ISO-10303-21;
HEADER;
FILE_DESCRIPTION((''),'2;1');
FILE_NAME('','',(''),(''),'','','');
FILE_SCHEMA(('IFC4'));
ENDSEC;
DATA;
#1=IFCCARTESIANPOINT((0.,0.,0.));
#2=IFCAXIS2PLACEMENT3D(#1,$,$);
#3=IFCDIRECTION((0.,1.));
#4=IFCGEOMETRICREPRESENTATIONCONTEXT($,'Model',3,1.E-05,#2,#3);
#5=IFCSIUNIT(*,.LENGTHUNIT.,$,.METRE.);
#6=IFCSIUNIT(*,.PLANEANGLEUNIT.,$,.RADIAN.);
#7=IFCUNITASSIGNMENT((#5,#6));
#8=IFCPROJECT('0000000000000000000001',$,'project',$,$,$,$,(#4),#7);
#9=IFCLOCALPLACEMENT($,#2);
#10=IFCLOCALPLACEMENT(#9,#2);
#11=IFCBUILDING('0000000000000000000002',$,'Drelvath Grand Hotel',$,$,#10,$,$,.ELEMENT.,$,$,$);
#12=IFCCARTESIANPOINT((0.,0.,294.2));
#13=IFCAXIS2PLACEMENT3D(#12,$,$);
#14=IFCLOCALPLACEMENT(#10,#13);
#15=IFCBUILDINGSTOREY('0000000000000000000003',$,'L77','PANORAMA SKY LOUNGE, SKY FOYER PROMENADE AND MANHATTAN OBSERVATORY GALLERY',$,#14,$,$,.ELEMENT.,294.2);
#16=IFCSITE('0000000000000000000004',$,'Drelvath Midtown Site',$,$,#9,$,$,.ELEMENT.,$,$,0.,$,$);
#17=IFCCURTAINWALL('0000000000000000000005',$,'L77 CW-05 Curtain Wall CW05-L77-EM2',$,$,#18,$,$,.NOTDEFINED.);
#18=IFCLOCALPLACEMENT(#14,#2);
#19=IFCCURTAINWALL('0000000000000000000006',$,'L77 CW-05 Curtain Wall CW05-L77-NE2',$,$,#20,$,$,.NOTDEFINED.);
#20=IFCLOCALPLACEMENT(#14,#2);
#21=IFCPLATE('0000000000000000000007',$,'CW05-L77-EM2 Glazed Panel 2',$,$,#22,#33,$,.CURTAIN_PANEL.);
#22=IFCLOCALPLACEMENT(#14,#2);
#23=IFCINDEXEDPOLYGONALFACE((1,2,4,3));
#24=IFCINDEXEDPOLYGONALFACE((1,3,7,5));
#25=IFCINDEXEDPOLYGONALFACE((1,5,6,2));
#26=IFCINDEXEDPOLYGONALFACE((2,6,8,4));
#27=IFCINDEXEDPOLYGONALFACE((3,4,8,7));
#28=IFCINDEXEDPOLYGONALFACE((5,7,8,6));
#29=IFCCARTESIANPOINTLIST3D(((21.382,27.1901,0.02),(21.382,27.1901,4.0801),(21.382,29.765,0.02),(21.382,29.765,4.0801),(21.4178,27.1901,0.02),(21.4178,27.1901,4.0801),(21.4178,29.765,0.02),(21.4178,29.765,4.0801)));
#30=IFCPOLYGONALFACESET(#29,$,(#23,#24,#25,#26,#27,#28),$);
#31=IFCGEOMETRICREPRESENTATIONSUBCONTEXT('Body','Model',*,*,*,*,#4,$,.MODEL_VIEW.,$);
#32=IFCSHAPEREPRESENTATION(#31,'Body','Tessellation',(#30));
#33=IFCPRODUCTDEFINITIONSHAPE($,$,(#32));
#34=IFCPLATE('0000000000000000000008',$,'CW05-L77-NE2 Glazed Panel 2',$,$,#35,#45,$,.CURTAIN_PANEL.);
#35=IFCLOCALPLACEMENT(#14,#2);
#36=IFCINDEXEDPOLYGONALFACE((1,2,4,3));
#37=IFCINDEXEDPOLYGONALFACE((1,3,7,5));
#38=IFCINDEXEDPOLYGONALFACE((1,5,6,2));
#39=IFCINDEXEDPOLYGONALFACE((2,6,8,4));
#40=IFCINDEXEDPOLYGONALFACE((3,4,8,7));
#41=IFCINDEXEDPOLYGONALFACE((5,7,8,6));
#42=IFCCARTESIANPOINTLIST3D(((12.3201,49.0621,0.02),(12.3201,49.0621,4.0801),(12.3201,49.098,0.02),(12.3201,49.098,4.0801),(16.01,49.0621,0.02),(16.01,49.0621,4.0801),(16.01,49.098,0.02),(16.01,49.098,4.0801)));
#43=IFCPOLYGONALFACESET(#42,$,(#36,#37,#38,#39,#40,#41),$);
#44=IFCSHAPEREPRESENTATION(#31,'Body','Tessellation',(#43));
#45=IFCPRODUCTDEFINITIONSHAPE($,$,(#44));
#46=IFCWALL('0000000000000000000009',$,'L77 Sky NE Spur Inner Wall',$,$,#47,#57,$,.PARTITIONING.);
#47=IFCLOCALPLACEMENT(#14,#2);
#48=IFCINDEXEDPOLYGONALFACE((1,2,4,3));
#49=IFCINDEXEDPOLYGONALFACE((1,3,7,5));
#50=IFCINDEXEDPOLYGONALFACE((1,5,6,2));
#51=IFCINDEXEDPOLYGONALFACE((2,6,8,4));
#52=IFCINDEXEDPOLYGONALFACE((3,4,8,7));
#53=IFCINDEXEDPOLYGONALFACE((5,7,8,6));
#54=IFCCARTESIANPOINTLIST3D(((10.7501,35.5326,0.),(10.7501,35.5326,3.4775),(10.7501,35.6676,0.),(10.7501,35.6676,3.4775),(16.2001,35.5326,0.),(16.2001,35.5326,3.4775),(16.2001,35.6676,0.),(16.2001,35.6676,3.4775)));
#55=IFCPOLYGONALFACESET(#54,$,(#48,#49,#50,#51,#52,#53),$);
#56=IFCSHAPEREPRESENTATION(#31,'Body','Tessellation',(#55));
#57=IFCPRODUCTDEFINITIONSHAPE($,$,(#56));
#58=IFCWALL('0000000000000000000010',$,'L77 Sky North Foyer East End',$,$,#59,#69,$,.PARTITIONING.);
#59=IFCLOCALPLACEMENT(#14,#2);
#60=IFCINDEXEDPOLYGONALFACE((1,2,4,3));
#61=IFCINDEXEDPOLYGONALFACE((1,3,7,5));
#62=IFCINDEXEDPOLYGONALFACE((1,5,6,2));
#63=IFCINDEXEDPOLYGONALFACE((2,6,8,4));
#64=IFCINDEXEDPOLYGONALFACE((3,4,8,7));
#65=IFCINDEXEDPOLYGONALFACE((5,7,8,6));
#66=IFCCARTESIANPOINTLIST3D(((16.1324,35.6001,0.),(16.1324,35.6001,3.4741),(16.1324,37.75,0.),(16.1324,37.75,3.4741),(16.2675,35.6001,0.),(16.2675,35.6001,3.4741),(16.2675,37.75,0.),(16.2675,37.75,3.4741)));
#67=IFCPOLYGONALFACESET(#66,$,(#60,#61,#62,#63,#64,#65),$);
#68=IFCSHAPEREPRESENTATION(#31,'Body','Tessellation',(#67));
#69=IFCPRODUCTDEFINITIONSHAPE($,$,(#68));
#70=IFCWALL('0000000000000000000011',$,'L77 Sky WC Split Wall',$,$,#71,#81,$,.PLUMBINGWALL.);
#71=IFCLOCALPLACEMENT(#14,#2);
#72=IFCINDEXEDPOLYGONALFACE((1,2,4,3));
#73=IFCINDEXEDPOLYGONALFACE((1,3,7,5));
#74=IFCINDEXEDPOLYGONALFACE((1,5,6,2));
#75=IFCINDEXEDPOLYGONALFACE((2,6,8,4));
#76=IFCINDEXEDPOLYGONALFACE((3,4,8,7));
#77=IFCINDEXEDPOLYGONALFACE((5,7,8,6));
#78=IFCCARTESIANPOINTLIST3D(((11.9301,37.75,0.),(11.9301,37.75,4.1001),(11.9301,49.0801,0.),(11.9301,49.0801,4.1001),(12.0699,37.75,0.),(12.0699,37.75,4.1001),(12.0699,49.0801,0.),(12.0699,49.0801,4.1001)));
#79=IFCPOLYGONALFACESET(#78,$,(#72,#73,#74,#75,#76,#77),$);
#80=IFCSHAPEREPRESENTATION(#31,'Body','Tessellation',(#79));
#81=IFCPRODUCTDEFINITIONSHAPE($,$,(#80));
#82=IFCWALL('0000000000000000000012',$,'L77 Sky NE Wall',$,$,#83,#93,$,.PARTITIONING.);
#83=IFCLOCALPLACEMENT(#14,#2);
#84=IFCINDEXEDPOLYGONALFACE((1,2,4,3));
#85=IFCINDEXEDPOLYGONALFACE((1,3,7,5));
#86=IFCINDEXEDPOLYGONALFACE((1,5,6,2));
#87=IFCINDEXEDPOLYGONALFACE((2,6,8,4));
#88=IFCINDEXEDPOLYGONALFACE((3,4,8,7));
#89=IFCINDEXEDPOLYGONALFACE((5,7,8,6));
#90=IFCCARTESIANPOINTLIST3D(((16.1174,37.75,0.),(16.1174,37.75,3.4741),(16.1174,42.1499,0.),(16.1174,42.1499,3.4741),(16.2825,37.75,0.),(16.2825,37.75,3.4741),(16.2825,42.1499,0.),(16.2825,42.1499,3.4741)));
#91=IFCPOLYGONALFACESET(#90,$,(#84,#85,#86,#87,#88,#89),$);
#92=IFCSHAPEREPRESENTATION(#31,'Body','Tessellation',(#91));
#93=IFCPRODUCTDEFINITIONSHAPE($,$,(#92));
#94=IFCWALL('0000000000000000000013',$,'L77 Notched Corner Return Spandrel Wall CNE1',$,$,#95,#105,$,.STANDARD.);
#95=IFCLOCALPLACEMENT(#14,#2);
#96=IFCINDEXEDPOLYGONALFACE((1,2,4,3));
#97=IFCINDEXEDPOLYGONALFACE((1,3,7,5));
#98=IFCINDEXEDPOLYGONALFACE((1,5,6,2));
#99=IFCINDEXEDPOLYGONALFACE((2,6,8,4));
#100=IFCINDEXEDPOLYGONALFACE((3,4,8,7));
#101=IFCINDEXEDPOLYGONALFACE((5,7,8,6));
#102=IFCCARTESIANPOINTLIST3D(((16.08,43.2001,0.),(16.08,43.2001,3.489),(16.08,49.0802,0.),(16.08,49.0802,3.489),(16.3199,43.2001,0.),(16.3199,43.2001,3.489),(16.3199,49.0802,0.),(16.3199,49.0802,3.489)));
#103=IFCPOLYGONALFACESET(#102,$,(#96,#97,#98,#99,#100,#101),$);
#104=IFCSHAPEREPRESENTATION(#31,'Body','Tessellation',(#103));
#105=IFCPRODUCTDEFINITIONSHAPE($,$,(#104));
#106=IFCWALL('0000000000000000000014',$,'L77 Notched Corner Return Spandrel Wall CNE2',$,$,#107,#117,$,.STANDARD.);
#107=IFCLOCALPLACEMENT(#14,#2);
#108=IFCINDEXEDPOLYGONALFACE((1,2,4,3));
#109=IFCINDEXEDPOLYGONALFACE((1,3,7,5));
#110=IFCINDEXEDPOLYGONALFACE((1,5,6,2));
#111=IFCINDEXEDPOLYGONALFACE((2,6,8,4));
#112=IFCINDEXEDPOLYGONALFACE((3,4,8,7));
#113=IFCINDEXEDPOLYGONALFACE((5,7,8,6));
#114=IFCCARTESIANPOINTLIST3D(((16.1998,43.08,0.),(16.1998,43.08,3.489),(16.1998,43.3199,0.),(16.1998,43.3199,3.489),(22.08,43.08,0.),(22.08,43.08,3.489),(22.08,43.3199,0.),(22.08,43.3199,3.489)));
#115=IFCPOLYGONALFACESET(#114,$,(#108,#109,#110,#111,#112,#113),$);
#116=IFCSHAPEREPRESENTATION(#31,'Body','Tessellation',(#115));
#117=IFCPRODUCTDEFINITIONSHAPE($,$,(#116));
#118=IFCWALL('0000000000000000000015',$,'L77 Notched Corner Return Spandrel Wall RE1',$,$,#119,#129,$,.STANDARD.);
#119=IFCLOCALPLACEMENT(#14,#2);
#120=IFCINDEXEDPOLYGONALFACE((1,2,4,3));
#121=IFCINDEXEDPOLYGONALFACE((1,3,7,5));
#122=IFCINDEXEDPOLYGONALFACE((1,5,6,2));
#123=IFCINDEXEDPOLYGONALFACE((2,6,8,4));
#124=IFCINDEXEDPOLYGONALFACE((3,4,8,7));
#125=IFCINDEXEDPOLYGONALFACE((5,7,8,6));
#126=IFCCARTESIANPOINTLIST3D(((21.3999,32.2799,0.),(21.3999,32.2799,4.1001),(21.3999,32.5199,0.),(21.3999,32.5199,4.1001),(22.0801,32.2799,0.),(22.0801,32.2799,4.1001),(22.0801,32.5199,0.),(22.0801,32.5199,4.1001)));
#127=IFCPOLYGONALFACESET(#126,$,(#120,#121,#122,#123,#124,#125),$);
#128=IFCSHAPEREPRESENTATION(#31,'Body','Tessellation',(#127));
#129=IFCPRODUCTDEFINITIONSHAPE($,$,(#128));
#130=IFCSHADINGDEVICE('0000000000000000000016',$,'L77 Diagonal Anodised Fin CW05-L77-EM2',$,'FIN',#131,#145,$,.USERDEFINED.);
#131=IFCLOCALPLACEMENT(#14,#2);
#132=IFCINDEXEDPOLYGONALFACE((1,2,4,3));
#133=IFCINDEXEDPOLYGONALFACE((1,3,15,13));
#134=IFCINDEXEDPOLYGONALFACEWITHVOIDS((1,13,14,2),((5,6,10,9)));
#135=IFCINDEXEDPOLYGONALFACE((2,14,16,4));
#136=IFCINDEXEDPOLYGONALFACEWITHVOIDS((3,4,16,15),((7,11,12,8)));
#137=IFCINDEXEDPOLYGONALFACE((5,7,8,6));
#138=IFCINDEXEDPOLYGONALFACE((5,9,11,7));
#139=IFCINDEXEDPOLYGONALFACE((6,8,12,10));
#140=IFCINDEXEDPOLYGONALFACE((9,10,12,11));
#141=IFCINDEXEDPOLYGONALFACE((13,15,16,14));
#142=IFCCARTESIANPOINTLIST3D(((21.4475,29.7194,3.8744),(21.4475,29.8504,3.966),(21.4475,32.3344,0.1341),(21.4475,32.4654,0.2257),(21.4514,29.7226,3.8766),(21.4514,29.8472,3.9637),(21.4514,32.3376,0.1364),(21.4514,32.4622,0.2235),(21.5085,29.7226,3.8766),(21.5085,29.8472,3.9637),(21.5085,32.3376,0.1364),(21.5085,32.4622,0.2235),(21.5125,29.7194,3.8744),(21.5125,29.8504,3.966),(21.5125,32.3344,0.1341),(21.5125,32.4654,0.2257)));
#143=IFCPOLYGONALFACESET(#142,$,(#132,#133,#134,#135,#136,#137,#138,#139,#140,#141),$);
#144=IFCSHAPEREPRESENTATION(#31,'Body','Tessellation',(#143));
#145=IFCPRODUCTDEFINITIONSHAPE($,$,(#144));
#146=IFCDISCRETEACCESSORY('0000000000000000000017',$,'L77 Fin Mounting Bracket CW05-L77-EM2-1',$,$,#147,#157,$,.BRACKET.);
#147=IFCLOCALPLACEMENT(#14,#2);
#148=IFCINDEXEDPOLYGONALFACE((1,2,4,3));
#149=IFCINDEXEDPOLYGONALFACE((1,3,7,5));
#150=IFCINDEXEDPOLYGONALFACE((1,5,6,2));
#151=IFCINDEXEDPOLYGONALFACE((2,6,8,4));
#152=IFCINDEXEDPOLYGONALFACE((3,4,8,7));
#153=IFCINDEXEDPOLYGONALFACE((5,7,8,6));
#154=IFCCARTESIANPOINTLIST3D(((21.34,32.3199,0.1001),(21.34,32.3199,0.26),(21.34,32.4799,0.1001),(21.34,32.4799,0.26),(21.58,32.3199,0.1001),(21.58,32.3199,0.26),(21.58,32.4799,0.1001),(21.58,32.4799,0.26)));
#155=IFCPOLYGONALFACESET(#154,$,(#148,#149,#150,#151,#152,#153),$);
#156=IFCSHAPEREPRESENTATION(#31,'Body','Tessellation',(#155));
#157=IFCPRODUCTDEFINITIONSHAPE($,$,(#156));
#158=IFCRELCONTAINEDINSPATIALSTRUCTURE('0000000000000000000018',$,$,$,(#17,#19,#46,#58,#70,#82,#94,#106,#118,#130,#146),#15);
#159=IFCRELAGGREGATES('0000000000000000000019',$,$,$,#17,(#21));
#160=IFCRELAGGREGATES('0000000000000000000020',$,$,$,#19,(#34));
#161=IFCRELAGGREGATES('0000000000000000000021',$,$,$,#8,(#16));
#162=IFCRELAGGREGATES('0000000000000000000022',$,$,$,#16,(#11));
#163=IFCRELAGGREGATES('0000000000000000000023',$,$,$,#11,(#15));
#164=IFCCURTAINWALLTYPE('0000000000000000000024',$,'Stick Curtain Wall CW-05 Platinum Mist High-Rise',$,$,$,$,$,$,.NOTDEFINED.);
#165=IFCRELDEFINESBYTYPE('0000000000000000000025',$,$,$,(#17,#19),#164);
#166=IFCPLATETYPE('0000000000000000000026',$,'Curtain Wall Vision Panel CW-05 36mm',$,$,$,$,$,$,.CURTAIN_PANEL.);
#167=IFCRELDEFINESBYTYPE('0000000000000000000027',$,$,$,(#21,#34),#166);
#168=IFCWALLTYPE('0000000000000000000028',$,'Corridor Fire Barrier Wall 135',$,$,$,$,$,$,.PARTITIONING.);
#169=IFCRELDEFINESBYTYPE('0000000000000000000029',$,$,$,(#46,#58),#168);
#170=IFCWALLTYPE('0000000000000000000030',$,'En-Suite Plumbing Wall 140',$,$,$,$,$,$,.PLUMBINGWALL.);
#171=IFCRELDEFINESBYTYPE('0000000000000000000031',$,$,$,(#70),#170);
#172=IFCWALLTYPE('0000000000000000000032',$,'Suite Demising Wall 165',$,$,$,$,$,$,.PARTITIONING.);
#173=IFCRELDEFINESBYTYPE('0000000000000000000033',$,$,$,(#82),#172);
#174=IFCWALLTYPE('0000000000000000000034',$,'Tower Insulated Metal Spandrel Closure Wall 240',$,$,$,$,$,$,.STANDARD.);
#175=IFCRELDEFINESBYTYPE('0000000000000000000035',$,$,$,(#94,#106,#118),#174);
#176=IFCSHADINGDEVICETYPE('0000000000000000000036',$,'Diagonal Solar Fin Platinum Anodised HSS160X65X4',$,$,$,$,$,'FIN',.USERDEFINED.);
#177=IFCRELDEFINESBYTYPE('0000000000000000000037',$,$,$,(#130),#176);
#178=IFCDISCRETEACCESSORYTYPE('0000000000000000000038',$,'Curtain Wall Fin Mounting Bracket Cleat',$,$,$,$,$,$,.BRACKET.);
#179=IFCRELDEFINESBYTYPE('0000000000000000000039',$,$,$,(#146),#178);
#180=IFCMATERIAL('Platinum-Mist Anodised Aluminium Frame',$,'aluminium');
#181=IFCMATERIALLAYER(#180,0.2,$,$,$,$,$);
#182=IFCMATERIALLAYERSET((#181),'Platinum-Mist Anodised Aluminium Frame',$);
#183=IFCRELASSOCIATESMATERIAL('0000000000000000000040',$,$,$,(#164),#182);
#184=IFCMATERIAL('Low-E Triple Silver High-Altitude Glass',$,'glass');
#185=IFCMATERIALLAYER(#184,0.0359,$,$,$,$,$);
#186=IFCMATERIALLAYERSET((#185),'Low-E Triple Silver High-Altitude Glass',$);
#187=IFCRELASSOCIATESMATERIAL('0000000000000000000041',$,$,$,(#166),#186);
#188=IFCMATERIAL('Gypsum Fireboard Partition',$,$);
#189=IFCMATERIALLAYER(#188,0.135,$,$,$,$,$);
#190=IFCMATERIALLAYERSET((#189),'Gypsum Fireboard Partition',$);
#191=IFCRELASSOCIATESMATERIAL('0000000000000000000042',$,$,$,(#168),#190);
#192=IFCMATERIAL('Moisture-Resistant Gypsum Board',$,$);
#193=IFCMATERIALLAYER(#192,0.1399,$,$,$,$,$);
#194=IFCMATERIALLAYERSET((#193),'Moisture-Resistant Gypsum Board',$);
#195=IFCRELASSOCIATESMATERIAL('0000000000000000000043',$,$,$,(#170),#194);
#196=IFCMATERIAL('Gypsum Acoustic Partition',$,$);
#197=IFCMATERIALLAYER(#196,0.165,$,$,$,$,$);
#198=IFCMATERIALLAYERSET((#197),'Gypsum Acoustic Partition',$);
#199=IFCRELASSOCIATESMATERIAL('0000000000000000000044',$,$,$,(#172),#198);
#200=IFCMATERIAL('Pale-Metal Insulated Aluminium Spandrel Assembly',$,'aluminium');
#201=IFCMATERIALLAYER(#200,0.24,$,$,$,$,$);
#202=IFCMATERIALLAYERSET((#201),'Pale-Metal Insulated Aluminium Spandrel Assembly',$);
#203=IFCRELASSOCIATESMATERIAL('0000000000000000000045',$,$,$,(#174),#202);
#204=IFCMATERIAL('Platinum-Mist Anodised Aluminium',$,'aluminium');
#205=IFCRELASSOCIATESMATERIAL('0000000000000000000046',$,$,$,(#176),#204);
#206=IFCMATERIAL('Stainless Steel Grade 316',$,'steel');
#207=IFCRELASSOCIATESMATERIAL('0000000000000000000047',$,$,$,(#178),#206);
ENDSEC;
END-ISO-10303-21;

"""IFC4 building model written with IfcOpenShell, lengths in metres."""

from ifc_helpers import new_model, si_unit, direction, frame, frame_2d, origin, origin_2d, place, context, subcontext, project, spatial, rectangle, hollow_rectangle, extrude, material, layer, layer_set, material_profile, profile_set, type_object, element, aggregate, save


model = new_model("IFC4")

# Units and contexts
model_context = context("Model", 3, precision=1e-05, world=origin(), true_north=direction((0.0, 1.0)))
body_context = subcontext(model_context, "Body", "Model", "MODEL_VIEW")
ifc_project = project(units=[si_unit("LENGTHUNIT", "METRE"), si_unit("PLANEANGLEUNIT", "RADIAN")], contexts=[model_context])

# Site, building, storey
site_placement = place(None, origin())
site = spatial("IfcSite", under=ifc_project, at=site_placement, Name="Drelvath Midtown Site", CompositionType="ELEMENT", RefElevation=0.0)
building_placement = place(site_placement, origin())
building = spatial("IfcBuilding", under=site, at=building_placement, Name="Drelvath Grand Hotel", CompositionType="ELEMENT")
storey_placement = place(building_placement, frame((0.0, 0.0, 294.2)))
storey = spatial("IfcBuildingStorey", under=building, at=storey_placement, Name="L77", Description="PANORAMA SKY LOUNGE, SKY FOYER PROMENADE AND MANHATTAN OBSERVATORY GALLERY", CompositionType="ELEMENT", Elevation=294.2)

# Curtain wall
ifc_material_1 = material(Name="Platinum-Mist Anodised Aluminium Frame", Category="aluminium")
ifc_layer_1 = layer(ifc_material_1, 0.2)
ifc_layer_set_1 = layer_set([ifc_layer_1], Name="Platinum-Mist Anodised Aluminium Frame")
curtain_wall_type = type_object("IfcCurtainWallType", Name="Stick Curtain Wall CW-05 Platinum Mist High-Rise", PredefinedType="NOTDEFINED", material=ifc_layer_set_1)
curtain_wall_1_placement = place(storey_placement, origin())
curtain_wall_1 = element("IfcCurtainWall", 1, at=curtain_wall_1_placement, inside=storey, type_object=curtain_wall_type, Name="L77 CW-05 Curtain Wall CW05-L77-EM2", PredefinedType="NOTDEFINED")

# Curtain wall
curtain_wall_2_placement = place(storey_placement, origin())
curtain_wall_2 = element("IfcCurtainWall", 2, at=curtain_wall_2_placement, inside=storey, type_object=curtain_wall_type, Name="L77 CW-05 Curtain Wall CW05-L77-NE2", PredefinedType="NOTDEFINED")

# Plates
ifc_material_2 = material(Name="Low-E Triple Silver High-Altitude Glass", Category="glass")
ifc_layer_2 = layer(ifc_material_2, 0.0359)
ifc_layer_set_2 = layer_set([ifc_layer_2], Name="Low-E Triple Silver High-Altitude Glass")
plate_type = type_object("IfcPlateType", Name="Curtain Wall Vision Panel CW-05 36mm", PredefinedType="CURTAIN_PANEL", material=ifc_layer_set_2)
plate_1_placement = place(storey_placement, frame((21.3999, 28.4775, 0.02), z_axis=(0.0, 0.0, 1.0), x_axis=(0.0, -1.0, 0.0)))
plate_1 = element("IfcPlate", 3, at=plate_1_placement, type_object=plate_type, Name="CW05-L77-EM2 Glazed Panel 2", PredefinedType="CURTAIN_PANEL", context=body_context, shape_type="SweptSolid", body=[
    extrude(rectangle(XDim=2.575, YDim=0.0359, at=origin_2d()), origin(), (0.0, 0.0, 1.0), 4.0601),
])
aggregate(curtain_wall_1, [plate_1])
plate_2_placement = place(storey_placement, frame((14.165, 49.0801, 0.02), z_axis=(0.0, 0.0, 1.0), x_axis=(1.0, 0.0, 0.0)))
plate_2 = element("IfcPlate", 4, at=plate_2_placement, type_object=plate_type, Name="CW05-L77-NE2 Glazed Panel 2", PredefinedType="CURTAIN_PANEL", context=body_context, shape_type="SweptSolid", body=[
    extrude(rectangle(XDim=3.6899, YDim=0.0359, at=origin_2d()), origin(), (0.0, 0.0, 1.0), 4.0601),
])
aggregate(curtain_wall_2, [plate_2])

# Walls
ifc_material_3 = material(Name="Gypsum Fireboard Partition")
ifc_layer_3 = layer(ifc_material_3, 0.135)
ifc_layer_set_3 = layer_set([ifc_layer_3], Name="Gypsum Fireboard Partition")
wall_type_1 = type_object("IfcWallType", Name="Corridor Fire Barrier Wall 135", PredefinedType="PARTITIONING", material=ifc_layer_set_3)
wall_1_placement = place(storey_placement, frame((10.75, 35.6001, 0.0), z_axis=(0.0, 0.0, 1.0), x_axis=(1.0, 0.0, 0.0)))
element("IfcWall", 5, at=wall_1_placement, inside=storey, type_object=wall_type_1, Name="L77 Sky NE Spur Inner Wall", PredefinedType="PARTITIONING", context=body_context, shape_type="SweptSolid", body=[
    extrude(rectangle(XDim=5.45, YDim=0.135, at=frame_2d((2.7251, 0.0))), origin(), (0.0, 0.0, 1.0), 3.4775),
])
wall_2_placement = place(storey_placement, frame((16.2, 35.6001, 0.0), z_axis=(0.0, 0.0, 1.0), x_axis=(0.0, 1.0, 0.0)))
element("IfcWall", 6, at=wall_2_placement, inside=storey, type_object=wall_type_1, Name="L77 Sky North Foyer East End", PredefinedType="PARTITIONING", context=body_context, shape_type="SweptSolid", body=[
    extrude(rectangle(XDim=2.1499, YDim=0.135, at=frame_2d((1.075, 0.0))), origin(), (0.0, 0.0, 1.0), 3.4741),
])
ifc_material_4 = material(Name="Moisture-Resistant Gypsum Board")
ifc_layer_4 = layer(ifc_material_4, 0.1399)
ifc_layer_set_4 = layer_set([ifc_layer_4], Name="Moisture-Resistant Gypsum Board")
wall_type_2 = type_object("IfcWallType", Name="En-Suite Plumbing Wall 140", PredefinedType="PLUMBINGWALL", material=ifc_layer_set_4)
wall_3_placement = place(storey_placement, frame((12.0, 37.75, 0.0), z_axis=(0.0, 0.0, 1.0), x_axis=(0.0, 1.0, 0.0)))
element("IfcWall", 7, at=wall_3_placement, inside=storey, type_object=wall_type_2, Name="L77 Sky WC Split Wall", PredefinedType="PLUMBINGWALL", context=body_context, shape_type="SweptSolid", body=[
    extrude(rectangle(XDim=11.3301, YDim=0.1399, at=frame_2d((5.665, 0.0))), origin(), (0.0, 0.0, 1.0), 4.1001),
])
ifc_material_5 = material(Name="Gypsum Acoustic Partition")
ifc_layer_5 = layer(ifc_material_5, 0.165)
ifc_layer_set_5 = layer_set([ifc_layer_5], Name="Gypsum Acoustic Partition")
wall_type_3 = type_object("IfcWallType", Name="Suite Demising Wall 165", PredefinedType="PARTITIONING", material=ifc_layer_set_5)
wall_4_placement = place(storey_placement, frame((16.2, 37.75, 0.0), z_axis=(0.0, 0.0, 1.0), x_axis=(0.0, 1.0, 0.0)))
element("IfcWall", 8, at=wall_4_placement, inside=storey, type_object=wall_type_3, Name="L77 Sky NE Wall", PredefinedType="PARTITIONING", context=body_context, shape_type="SweptSolid", body=[
    extrude(rectangle(XDim=4.3999, YDim=0.165, at=frame_2d((2.2, 0.0))), origin(), (0.0, 0.0, 1.0), 3.4741),
])
ifc_material_6 = material(Name="Pale-Metal Insulated Aluminium Spandrel Assembly", Category="aluminium")
ifc_layer_6 = layer(ifc_material_6, 0.24)
ifc_layer_set_6 = layer_set([ifc_layer_6], Name="Pale-Metal Insulated Aluminium Spandrel Assembly")
wall_type_4 = type_object("IfcWallType", Name="Tower Insulated Metal Spandrel Closure Wall 240", PredefinedType="STANDARD", material=ifc_layer_set_6)
for number, where, z_axis, x_axis, name in (
    (9, (16.2, 49.0801, 0.0), (0.0, 0.0, 1.0), (0.0, -1.0, 0.0), "L77 Notched Corner Return Spandrel Wall CNE1"),
    (10, (16.2, 43.2, 0.0), (0.0, 0.0, 1.0), (1.0, 0.0, 0.0), "L77 Notched Corner Return Spandrel Wall CNE2"),
):
    element("IfcWall", number, at=place(storey_placement, frame(where, z_axis=z_axis, x_axis=x_axis)), inside=storey, type_object=wall_type_4, Name=name, PredefinedType="STANDARD", context=body_context, shape_type="SweptSolid", body=[
        extrude(rectangle(XDim=5.8801, YDim=0.24, at=frame_2d((2.9399, 0.0))), origin(), (0.0, 0.0, 1.0), 3.489),
    ])
wall_5_placement = place(storey_placement, frame((22.0801, 32.3999, 0.0), z_axis=(0.0, 0.0, 1.0), x_axis=(-1.0, 0.0, 0.0)))
element("IfcWall", 11, at=wall_5_placement, inside=storey, type_object=wall_type_4, Name="L77 Notched Corner Return Spandrel Wall RE1", PredefinedType="STANDARD", context=body_context, shape_type="SweptSolid", body=[
    extrude(rectangle(XDim=0.6802, YDim=0.24, at=frame_2d((0.3401, 0.0))), origin(), (0.0, 0.0, 1.0), 4.1001),
])

# Shading device
ifc_material_7 = material(Name="Platinum-Mist Anodised Aluminium", Category="aluminium")
ifc_material_profile_1 = material_profile(ifc_material_7, hollow_rectangle(XDim=0.0649, YDim=0.1599, WallThickness=0.0039, at=origin_2d()), Name="HSS160X65X4")
ifc_profile_set_1 = profile_set([ifc_material_profile_1], Name="Platinum-Mist Anodised Aluminium")
shading_device_type = type_object("IfcShadingDeviceType", Name="Diagonal Solar Fin Platinum Anodised HSS160X65X4", ElementType="FIN", PredefinedType="USERDEFINED", material=ifc_profile_set_1)
shading_device_placement = place(storey_placement, frame((21.48, 32.3999, 0.1799), z_axis=(0.0, -0.572996, 0.819559), x_axis=(1.0, 0.0, 0.0)))
element("IfcShadingDevice", 12, at=shading_device_placement, inside=storey, type_object=shading_device_type, Name="L77 Diagonal Anodised Fin CW05-L77-EM2", ObjectType="FIN", PredefinedType="USERDEFINED", context=body_context, shape_type="SweptSolid", body=[
    extrude(hollow_rectangle(XDim=0.0649, YDim=0.1599, WallThickness=0.0039, at=origin_2d()), origin(), (0.0, 0.0, 1.0), 4.5637),
])

# Discrete accessory
ifc_material_8 = material(Name="Stainless Steel Grade 316", Category="steel")
discrete_accessory_type = type_object("IfcDiscreteAccessoryType", Name="Curtain Wall Fin Mounting Bracket Cleat", PredefinedType="BRACKET", material=ifc_material_8)
discrete_accessory_placement = place(storey_placement, frame((21.46, 32.3999, 0.1001), z_axis=(0.0, 0.0, 1.0), x_axis=(0.0, -1.0, 0.0)))
element("IfcDiscreteAccessory", 13, at=discrete_accessory_placement, inside=storey, type_object=discrete_accessory_type, Name="L77 Fin Mounting Bracket CW05-L77-EM2-1", PredefinedType="BRACKET", context=body_context, shape_type="SweptSolid", body=[
    extrude(rectangle(XDim=0.1599, YDim=0.24, at=origin_2d()), origin(), (0.0, 0.0, 1.0), 0.1599),
])

save(model, "model.ifc")
